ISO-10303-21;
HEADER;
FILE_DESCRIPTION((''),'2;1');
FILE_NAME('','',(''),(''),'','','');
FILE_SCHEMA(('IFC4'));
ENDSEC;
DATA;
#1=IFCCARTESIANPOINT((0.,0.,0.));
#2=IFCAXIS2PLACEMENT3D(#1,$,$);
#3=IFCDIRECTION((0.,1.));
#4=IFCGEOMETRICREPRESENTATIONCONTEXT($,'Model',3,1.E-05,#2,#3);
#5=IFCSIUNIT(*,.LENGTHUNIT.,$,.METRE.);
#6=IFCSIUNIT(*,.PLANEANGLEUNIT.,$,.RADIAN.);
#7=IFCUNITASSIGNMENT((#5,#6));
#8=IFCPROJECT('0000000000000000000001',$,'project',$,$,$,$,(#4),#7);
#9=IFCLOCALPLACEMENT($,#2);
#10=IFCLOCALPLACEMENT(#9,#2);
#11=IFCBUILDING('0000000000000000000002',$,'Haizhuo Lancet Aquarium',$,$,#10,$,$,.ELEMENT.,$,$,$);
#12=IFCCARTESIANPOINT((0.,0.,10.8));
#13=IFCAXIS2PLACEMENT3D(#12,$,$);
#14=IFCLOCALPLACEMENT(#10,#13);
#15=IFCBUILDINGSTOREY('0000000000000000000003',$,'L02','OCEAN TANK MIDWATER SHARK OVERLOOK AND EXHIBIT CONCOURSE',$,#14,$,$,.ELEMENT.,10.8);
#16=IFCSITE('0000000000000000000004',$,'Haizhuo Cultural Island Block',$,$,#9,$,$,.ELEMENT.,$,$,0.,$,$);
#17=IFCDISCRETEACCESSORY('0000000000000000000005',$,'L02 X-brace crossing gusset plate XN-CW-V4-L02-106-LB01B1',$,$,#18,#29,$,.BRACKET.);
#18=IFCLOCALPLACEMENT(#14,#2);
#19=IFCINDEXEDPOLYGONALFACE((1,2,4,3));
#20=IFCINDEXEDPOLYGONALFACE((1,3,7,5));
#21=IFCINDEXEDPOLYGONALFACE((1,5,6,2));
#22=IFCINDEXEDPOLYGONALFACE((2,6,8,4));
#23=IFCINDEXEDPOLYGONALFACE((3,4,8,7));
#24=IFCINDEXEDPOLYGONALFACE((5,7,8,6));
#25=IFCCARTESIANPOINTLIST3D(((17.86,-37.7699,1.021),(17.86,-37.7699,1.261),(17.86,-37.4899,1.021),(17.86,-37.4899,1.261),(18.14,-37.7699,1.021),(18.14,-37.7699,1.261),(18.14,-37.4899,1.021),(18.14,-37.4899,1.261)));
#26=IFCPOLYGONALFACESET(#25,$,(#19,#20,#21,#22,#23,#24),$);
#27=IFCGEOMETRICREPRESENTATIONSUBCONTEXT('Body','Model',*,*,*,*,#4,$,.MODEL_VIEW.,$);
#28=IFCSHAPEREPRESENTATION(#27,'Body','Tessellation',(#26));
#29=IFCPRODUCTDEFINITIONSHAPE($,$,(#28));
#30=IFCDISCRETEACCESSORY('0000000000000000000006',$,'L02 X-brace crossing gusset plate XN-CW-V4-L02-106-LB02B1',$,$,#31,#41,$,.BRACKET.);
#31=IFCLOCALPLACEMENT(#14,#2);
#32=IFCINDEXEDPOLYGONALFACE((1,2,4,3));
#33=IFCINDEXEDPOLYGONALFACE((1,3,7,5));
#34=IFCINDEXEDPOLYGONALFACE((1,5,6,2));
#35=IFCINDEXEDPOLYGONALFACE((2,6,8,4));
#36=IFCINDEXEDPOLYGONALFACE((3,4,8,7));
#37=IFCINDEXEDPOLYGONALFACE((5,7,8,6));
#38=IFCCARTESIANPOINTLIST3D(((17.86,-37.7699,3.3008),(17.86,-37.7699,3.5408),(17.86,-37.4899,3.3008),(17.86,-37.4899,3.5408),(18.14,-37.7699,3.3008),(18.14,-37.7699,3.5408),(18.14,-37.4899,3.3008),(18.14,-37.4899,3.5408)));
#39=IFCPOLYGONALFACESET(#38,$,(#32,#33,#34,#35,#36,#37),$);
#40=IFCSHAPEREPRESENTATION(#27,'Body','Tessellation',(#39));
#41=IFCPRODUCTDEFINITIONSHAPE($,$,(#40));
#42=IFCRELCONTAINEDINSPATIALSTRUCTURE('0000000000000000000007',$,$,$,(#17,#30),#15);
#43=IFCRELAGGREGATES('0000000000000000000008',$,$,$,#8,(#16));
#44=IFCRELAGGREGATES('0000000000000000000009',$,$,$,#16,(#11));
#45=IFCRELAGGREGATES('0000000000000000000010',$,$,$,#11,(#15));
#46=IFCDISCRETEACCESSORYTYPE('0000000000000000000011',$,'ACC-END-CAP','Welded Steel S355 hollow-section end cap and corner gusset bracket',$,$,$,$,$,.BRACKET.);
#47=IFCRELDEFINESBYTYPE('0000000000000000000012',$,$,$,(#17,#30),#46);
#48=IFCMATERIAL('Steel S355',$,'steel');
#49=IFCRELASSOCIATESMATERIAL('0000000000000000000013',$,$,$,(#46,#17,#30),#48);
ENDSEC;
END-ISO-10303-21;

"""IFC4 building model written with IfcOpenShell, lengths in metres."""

from ifc_helpers import new_model, si_unit, direction, frame, origin, origin_2d, place, context, subcontext, project, spatial, rectangle, extrude, material, type_object, element, save


model = new_model("IFC4")

# Units and contexts
model_context = context("Model", 3, precision=1e-05, world=origin(), true_north=direction((0.0, 1.0)))
body_context = subcontext(model_context, "Body", "Model", "MODEL_VIEW")
ifc_project = project(units=[si_unit("LENGTHUNIT", "METRE"), si_unit("PLANEANGLEUNIT", "RADIAN")], contexts=[model_context])

# Site, building, storey
site_placement = place(None, origin())
site = spatial("IfcSite", under=ifc_project, at=site_placement, Name="Haizhuo Cultural Island Block", CompositionType="ELEMENT", RefElevation=0.0)
building_placement = place(site_placement, origin())
building = spatial("IfcBuilding", under=site, at=building_placement, Name="Haizhuo Lancet Aquarium", CompositionType="ELEMENT")
storey_placement = place(building_placement, frame((0.0, 0.0, 10.8)))
storey = spatial("IfcBuildingStorey", under=building, at=storey_placement, Name="L02", Description="OCEAN TANK MIDWATER SHARK OVERLOOK AND EXHIBIT CONCOURSE", CompositionType="ELEMENT", Elevation=10.8)

# Shared definitions
ifc_material_1 = material(Name="Steel S355", Category="steel")

# Discrete accessories
discrete_accessory_type = type_object("IfcDiscreteAccessoryType", Name="ACC-END-CAP", Description="Welded Steel S355 hollow-section end cap and corner gusset bracket", PredefinedType="BRACKET", material=ifc_material_1)
for number, where, z_axis, x_axis, name in (
    (1, (18.0, -37.6299, 1.021), (0.0, 0.0, 1.0), (1.0, 0.0, 0.0), "L02 X-brace crossing gusset plate XN-CW-V4-L02-106-LB01B1"),
    (2, (18.0, -37.6299, 3.3008), (0.0, 0.0, 1.0), (1.0, 0.0, 0.0), "L02 X-brace crossing gusset plate XN-CW-V4-L02-106-LB02B1"),
):
    element("IfcDiscreteAccessory", number, at=place(storey_placement, frame(where, z_axis=z_axis, x_axis=x_axis)), inside=storey, type_object=discrete_accessory_type, material=ifc_material_1, Name=name, PredefinedType="BRACKET", context=body_context, shape_type="SweptSolid", body=[
        extrude(rectangle(XDim=0.28, YDim=0.28, at=origin_2d()), origin(), (0.0, 0.0, 1.0), 0.24),
    ])

save(model, "model.ifc")
